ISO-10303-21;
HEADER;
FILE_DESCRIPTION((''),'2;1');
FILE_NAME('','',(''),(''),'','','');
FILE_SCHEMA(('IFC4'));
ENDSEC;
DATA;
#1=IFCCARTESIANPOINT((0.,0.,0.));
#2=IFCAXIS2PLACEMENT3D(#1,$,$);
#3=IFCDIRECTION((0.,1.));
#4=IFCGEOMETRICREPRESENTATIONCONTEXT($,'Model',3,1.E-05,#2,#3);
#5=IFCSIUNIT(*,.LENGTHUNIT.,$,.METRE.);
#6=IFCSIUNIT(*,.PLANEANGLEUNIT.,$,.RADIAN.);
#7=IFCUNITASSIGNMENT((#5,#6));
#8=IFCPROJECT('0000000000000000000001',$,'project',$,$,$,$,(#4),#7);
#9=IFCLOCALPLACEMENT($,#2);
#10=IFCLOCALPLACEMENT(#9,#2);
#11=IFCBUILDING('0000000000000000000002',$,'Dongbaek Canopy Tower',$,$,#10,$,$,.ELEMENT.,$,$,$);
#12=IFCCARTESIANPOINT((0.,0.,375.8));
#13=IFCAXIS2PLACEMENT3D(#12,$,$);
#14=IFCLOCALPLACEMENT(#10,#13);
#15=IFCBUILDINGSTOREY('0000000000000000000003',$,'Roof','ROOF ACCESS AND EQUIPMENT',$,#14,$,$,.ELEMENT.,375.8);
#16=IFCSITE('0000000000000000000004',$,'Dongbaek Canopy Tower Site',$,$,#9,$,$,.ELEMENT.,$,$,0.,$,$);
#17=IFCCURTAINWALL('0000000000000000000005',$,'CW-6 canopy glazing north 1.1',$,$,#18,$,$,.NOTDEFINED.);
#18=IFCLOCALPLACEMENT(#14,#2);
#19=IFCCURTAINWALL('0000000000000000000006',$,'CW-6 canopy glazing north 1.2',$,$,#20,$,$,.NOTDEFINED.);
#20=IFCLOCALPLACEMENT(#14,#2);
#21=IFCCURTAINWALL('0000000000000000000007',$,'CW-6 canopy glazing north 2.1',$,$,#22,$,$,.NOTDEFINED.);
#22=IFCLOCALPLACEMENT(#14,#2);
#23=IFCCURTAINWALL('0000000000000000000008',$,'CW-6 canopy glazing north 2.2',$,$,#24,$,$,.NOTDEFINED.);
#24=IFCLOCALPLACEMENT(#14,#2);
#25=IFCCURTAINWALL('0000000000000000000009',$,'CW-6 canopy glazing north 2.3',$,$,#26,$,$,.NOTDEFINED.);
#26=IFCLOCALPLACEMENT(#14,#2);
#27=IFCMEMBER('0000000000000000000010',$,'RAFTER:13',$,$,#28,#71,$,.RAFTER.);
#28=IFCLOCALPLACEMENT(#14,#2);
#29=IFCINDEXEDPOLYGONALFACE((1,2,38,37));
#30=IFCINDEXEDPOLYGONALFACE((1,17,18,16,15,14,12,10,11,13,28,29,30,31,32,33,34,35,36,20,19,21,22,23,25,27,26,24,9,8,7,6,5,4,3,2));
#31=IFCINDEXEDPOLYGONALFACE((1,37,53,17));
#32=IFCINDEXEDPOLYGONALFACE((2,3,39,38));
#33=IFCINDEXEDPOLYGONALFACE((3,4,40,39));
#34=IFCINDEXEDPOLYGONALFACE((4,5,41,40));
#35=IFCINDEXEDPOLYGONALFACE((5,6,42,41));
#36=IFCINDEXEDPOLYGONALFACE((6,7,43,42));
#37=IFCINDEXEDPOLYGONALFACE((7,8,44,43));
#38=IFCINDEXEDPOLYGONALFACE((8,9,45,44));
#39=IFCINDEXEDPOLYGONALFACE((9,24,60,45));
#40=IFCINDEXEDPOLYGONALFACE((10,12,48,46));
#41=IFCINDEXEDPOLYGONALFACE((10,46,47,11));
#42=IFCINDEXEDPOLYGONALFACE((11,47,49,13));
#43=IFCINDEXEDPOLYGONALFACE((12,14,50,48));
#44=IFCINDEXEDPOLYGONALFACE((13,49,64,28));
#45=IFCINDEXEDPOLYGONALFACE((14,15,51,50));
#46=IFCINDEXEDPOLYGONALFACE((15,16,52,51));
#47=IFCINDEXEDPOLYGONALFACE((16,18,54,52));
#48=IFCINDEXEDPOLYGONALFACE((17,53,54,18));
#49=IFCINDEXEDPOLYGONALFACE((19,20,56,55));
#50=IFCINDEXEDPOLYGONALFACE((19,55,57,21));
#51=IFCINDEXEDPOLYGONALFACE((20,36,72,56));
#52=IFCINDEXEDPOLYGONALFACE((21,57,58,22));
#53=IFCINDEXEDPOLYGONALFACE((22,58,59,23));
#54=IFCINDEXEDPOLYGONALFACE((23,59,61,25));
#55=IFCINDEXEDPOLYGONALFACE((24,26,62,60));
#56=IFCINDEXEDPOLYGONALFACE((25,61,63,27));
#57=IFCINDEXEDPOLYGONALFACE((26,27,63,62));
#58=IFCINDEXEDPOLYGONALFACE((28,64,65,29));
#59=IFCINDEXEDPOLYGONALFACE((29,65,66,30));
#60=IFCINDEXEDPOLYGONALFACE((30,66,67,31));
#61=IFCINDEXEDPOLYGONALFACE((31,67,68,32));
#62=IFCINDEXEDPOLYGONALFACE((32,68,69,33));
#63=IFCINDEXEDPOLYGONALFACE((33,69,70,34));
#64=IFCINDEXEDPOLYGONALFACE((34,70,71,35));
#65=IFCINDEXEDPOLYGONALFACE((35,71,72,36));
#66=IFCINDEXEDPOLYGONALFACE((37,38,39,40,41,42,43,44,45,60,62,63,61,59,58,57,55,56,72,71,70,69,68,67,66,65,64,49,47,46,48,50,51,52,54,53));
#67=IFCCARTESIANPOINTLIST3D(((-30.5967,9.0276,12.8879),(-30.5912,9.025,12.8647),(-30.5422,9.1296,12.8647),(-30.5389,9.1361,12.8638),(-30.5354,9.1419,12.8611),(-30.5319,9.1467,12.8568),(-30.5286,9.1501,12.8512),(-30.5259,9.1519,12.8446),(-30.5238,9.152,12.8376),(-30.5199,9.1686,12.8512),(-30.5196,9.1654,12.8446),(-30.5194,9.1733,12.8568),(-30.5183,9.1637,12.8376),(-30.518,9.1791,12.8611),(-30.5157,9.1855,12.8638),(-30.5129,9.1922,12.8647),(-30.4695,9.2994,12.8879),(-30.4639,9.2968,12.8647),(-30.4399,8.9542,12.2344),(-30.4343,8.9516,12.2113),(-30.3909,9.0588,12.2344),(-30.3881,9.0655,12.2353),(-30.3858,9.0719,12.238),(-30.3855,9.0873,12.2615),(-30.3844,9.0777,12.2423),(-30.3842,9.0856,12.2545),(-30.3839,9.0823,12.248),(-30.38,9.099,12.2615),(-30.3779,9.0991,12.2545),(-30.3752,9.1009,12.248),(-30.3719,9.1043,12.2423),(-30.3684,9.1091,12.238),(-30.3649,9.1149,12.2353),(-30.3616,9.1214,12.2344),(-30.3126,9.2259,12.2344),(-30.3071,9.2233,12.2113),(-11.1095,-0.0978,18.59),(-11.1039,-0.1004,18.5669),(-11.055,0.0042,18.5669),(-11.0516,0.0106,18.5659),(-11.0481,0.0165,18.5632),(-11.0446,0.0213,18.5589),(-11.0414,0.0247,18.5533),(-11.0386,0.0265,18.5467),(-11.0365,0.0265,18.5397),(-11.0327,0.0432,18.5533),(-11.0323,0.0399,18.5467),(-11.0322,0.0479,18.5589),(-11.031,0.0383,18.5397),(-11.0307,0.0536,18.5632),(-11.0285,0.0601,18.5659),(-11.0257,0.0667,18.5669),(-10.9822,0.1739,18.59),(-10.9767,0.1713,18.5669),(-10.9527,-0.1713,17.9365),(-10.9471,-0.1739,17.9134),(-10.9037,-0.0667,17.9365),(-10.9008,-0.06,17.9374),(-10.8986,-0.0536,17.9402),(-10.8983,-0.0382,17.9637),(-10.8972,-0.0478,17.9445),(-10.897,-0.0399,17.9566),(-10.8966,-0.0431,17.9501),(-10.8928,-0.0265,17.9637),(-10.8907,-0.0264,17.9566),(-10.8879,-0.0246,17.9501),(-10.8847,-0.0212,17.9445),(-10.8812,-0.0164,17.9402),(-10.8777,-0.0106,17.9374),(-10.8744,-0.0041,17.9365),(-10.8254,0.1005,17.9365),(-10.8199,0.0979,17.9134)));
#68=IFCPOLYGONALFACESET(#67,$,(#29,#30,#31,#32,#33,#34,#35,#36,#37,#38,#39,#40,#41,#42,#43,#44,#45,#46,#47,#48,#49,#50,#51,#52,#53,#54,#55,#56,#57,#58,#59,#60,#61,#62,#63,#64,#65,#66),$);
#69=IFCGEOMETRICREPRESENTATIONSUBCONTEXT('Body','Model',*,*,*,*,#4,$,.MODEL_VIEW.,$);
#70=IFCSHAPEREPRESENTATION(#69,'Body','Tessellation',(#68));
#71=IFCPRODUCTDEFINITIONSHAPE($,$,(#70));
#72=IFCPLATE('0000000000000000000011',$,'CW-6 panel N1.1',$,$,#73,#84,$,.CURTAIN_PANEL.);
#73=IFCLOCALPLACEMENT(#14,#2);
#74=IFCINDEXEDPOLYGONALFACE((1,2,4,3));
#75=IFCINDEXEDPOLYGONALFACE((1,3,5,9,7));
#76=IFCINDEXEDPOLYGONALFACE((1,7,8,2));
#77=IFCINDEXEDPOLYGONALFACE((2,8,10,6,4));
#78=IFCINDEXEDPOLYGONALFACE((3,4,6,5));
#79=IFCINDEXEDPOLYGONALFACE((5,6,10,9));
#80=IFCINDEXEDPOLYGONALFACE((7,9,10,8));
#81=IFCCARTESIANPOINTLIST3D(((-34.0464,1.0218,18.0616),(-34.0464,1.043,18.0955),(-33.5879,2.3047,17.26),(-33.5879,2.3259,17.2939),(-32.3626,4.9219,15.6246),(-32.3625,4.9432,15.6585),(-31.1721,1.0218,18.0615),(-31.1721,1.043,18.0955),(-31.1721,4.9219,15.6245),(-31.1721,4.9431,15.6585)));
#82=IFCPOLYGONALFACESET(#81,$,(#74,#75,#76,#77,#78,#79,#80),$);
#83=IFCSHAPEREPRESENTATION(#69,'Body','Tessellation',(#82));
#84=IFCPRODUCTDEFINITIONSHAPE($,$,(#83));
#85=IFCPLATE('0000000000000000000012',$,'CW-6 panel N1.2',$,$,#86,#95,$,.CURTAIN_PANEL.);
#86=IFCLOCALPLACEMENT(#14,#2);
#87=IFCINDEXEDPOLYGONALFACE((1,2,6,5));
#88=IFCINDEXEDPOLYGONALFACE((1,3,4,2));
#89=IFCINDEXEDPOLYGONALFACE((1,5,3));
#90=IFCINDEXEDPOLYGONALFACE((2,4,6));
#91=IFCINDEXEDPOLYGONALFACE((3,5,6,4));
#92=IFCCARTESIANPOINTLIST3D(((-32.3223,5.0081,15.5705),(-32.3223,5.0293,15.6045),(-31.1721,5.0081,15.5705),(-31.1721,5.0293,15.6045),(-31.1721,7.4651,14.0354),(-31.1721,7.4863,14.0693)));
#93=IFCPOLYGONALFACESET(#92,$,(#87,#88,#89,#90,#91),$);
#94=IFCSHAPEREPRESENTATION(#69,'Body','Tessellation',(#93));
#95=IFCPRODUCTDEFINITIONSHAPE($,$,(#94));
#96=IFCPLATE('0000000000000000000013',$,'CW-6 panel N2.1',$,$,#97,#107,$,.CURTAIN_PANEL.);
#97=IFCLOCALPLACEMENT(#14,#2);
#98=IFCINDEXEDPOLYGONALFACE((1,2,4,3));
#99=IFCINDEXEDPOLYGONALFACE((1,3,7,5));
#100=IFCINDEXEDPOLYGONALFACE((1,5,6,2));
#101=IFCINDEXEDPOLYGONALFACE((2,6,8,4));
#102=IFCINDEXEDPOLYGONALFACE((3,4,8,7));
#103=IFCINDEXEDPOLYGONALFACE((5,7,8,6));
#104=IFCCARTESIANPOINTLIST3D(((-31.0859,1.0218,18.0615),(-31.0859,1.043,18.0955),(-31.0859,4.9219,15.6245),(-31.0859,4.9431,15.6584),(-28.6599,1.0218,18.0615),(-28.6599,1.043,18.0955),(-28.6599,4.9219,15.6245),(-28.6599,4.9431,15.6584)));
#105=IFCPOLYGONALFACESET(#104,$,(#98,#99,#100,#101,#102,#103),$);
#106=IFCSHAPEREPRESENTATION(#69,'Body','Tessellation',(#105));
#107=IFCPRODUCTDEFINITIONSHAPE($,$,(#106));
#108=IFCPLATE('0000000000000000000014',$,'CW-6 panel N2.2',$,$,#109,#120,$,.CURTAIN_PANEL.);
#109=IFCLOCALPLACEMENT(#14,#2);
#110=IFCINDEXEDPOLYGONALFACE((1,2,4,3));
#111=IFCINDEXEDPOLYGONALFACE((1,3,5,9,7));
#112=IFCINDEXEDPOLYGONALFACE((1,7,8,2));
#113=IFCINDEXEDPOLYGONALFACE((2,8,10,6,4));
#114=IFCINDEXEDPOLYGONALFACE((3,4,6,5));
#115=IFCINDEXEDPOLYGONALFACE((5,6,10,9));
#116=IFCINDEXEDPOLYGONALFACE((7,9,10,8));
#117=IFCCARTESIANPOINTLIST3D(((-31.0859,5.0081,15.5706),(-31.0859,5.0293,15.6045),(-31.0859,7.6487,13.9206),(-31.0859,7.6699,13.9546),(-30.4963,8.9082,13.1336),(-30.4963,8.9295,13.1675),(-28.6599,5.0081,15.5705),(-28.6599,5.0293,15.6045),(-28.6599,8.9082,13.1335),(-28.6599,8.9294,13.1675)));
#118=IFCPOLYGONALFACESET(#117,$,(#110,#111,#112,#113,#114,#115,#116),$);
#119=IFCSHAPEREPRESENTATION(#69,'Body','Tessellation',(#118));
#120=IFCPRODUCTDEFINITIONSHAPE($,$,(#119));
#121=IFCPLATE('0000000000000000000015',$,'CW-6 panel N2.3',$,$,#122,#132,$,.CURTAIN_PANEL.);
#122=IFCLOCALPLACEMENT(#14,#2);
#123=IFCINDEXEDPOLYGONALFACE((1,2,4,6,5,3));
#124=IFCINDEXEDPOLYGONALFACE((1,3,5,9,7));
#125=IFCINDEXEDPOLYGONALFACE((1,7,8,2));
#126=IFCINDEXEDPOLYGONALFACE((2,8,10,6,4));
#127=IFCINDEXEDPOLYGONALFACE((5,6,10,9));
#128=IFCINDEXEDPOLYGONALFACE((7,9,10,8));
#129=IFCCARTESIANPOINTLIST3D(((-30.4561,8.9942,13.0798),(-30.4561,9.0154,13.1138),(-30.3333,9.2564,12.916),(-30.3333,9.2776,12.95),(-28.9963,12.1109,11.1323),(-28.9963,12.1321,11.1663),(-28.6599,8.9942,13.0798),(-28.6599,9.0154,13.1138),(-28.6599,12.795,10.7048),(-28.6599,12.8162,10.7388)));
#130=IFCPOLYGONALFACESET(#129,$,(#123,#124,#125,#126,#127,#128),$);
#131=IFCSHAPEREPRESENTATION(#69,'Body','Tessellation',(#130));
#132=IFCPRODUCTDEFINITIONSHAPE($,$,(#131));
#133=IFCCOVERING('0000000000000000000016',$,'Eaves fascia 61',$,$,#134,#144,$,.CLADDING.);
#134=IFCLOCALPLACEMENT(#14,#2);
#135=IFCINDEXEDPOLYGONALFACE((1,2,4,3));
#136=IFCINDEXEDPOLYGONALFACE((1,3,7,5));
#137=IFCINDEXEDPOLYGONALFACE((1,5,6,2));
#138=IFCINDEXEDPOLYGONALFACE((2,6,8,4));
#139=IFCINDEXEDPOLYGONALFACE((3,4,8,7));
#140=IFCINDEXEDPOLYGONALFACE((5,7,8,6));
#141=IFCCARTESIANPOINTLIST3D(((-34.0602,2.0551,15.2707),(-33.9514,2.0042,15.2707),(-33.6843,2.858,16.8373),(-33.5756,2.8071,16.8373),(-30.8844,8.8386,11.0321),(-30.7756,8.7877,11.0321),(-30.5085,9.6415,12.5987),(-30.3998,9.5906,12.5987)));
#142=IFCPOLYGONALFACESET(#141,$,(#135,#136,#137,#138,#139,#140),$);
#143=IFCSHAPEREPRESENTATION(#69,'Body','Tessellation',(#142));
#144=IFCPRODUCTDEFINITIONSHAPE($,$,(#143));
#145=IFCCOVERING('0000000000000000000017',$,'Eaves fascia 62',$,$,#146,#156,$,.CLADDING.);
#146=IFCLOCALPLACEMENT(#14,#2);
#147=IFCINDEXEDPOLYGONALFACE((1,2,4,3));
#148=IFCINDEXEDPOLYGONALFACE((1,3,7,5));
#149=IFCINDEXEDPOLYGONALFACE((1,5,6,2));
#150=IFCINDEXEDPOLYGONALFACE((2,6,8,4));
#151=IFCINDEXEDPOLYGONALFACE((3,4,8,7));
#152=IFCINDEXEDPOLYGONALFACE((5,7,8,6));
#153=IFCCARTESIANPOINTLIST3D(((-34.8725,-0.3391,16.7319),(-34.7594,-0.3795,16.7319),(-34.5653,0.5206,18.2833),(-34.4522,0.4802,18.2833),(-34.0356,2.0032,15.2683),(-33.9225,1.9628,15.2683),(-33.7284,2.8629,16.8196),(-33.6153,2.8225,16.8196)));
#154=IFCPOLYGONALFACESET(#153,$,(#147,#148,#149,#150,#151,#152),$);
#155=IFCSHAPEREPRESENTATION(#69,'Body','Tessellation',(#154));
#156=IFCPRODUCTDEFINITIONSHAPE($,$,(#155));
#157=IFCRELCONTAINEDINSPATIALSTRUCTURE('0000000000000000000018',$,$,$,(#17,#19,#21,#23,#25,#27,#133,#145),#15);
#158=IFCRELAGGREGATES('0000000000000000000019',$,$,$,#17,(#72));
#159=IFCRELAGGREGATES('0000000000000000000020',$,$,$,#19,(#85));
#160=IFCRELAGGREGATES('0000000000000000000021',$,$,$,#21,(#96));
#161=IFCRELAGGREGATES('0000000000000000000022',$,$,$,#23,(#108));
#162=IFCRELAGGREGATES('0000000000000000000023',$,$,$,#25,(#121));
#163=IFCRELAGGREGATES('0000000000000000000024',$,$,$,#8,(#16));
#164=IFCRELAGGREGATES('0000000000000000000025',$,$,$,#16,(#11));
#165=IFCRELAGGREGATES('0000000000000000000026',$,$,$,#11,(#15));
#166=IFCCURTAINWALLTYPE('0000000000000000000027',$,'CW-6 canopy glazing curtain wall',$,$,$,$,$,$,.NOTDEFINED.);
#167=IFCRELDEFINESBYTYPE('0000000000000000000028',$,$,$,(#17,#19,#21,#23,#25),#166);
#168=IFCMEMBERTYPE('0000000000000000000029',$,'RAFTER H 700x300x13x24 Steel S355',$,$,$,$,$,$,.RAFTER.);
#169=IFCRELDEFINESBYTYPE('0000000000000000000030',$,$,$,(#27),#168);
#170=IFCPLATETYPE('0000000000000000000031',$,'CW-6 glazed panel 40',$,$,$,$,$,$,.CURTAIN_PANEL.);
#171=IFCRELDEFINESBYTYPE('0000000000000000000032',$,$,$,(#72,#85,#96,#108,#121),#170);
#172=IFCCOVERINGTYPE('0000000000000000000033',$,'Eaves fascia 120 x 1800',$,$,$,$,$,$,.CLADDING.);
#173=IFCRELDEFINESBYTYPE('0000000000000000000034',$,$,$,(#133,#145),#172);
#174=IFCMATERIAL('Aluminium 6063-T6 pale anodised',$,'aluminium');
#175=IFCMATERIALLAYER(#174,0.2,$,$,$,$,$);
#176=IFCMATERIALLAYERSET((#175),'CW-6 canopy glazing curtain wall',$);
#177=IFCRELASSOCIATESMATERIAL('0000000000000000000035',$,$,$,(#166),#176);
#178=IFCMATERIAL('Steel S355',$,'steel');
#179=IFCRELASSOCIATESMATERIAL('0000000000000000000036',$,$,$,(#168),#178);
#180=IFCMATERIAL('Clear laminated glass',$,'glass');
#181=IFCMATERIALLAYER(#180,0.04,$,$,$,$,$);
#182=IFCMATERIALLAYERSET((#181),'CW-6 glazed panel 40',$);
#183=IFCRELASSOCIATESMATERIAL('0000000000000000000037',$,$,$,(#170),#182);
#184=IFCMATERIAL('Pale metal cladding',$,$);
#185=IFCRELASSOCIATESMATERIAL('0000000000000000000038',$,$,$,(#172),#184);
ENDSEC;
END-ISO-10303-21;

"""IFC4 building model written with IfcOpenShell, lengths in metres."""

from ifc_helpers import new_model, si_unit, direction, frame, origin, origin_2d, place, context, subcontext, project, spatial, polyline, rectangle, i_section, outline, extrude, material, layer, layer_set, material_profile, profile_set, type_object, element, aggregate, save


model = new_model("IFC4")

# Units and contexts
model_context = context("Model", 3, precision=1e-05, world=origin(), true_north=direction((0.0, 1.0)))
body_context = subcontext(model_context, "Body", "Model", "MODEL_VIEW")
ifc_project = project(units=[si_unit("LENGTHUNIT", "METRE"), si_unit("PLANEANGLEUNIT", "RADIAN")], contexts=[model_context])

# Site, building, storey
site_placement = place(None, origin())
site = spatial("IfcSite", under=ifc_project, at=site_placement, Name="Dongbaek Canopy Tower Site", CompositionType="ELEMENT", RefElevation=0.0)
building_placement = place(site_placement, origin())
building = spatial("IfcBuilding", under=site, at=building_placement, Name="Dongbaek Canopy Tower", CompositionType="ELEMENT")
storey_placement = place(building_placement, frame((0.0, 0.0, 375.8)))
storey = spatial("IfcBuildingStorey", under=building, at=storey_placement, Name="Roof", Description="ROOF ACCESS AND EQUIPMENT", CompositionType="ELEMENT", Elevation=375.8)

# Curtain walls
ifc_material_1 = material(Name="Aluminium 6063-T6 pale anodised", Category="aluminium")
ifc_layer_1 = layer(ifc_material_1, 0.2)
ifc_layer_set_1 = layer_set([ifc_layer_1], Name="CW-6 canopy glazing curtain wall")
curtain_wall_type = type_object("IfcCurtainWallType", Name="CW-6 canopy glazing curtain wall", PredefinedType="NOTDEFINED", material=ifc_layer_set_1)
curtain_wall_1_placement = place(storey_placement, origin())
curtain_wall_1 = element("IfcCurtainWall", 1, at=curtain_wall_1_placement, inside=storey, type_object=curtain_wall_type, Name="CW-6 canopy glazing north 1.1", PredefinedType="NOTDEFINED")
curtain_wall_2_placement = place(storey_placement, origin())
curtain_wall_2 = element("IfcCurtainWall", 2, at=curtain_wall_2_placement, inside=storey, type_object=curtain_wall_type, Name="CW-6 canopy glazing north 1.2", PredefinedType="NOTDEFINED")
curtain_wall_3_placement = place(storey_placement, origin())
curtain_wall_3 = element("IfcCurtainWall", 3, at=curtain_wall_3_placement, inside=storey, type_object=curtain_wall_type, Name="CW-6 canopy glazing north 2.1", PredefinedType="NOTDEFINED")
curtain_wall_4_placement = place(storey_placement, origin())
curtain_wall_4 = element("IfcCurtainWall", 4, at=curtain_wall_4_placement, inside=storey, type_object=curtain_wall_type, Name="CW-6 canopy glazing north 2.2", PredefinedType="NOTDEFINED")
curtain_wall_5_placement = place(storey_placement, origin())
curtain_wall_5 = element("IfcCurtainWall", 5, at=curtain_wall_5_placement, inside=storey, type_object=curtain_wall_type, Name="CW-6 canopy glazing north 2.3", PredefinedType="NOTDEFINED")

# Member
ifc_material_2 = material(Name="Steel S355", Category="steel")
ifc_material_profile_1 = material_profile(ifc_material_2, i_section(OverallWidth=0.3, OverallDepth=0.7, WebThickness=0.0129, FlangeThickness=0.0239, FilletRadius=0.0281, at=origin_2d()), Name="RAFTER H 700x300x13x24 Steel S355")
ifc_profile_set_1 = profile_set([ifc_material_profile_1], Name="Steel S355")
member_type_1 = type_object("IfcMemberType", Name="RAFTER H 700x300x13x24 Steel S355", PredefinedType="RAFTER", material=ifc_profile_set_1)
member_1_placement = place(storey_placement, frame((-30.4519, 9.1255, 12.5496), z_axis=(0.875408, -0.409935, 0.256152), x_axis=(0.424084, 0.905623, 0.0)))
element("IfcMember", 6, at=member_1_placement, inside=storey, type_object=member_type_1, Name="RAFTER:13", PredefinedType="RAFTER", context=body_context, shape_type="SweptSolid", body=[
    extrude(i_section(OverallWidth=0.3, OverallDepth=0.7, WebThickness=0.0129, FlangeThickness=0.0239, FilletRadius=0.0281, at=origin_2d()), origin(), (0.0, 0.0, 1.0), 22.2607),
])

# Plates
ifc_material_3 = material(Name="Clear laminated glass", Category="glass")
ifc_layer_2 = layer(ifc_material_3, 0.04)
ifc_layer_set_2 = layer_set([ifc_layer_2], Name="CW-6 glazed panel 40")
plate_type = type_object("IfcPlateType", Name="CW-6 glazed panel 40", PredefinedType="CURTAIN_PANEL", material=ifc_layer_set_2)
plate_1_placement = place(storey_placement, frame((-31.1721, 1.043, 18.0955), z_axis=(0.00003, 0.529899, 0.848061), x_axis=(-1.0, 0.000016, 0.000025)))
plate_1 = element("IfcPlate", 7, at=plate_1_placement, type_object=plate_type, Name="CW-6 panel N1.1", PredefinedType="CURTAIN_PANEL", context=body_context, shape_type="SweptSolid", body=[
    extrude(outline(polyline([(0.0, 0.0), (2.8743, 0.0), (2.4158, -1.5127), (1.1904, -4.5989), (0.0, -4.5989), (0.0, 0.0)])), origin(), (0.0, 0.0, -1.0), 0.04),
])
aggregate(curtain_wall_1, [plate_1])
plate_2_placement = place(storey_placement, frame((-31.1721, 5.0293, 15.6045), z_axis=(0.0, 0.529878, 0.848074), x_axis=(-1.0, 0.0, 0.0)))
plate_2 = element("IfcPlate", 8, at=plate_2_placement, type_object=plate_type, Name="CW-6 panel N1.2", PredefinedType="CURTAIN_PANEL", context=body_context, shape_type="SweptSolid", body=[
    extrude(outline(polyline([(0.0, 0.0), (1.1501, 0.0), (0.0, -2.8972), (0.0, 0.0)])), origin(), (0.0, 0.0, -1.0), 0.04),
])
aggregate(curtain_wall_2, [plate_2])
plate_3_placement = place(storey_placement, frame((-28.6599, 1.043, 18.0955), z_axis=(0.0, 0.529908, 0.848055), x_axis=(-1.0, 0.0, 0.0)))
plate_3 = element("IfcPlate", 9, at=plate_3_placement, type_object=plate_type, Name="CW-6 panel N2.1", PredefinedType="CURTAIN_PANEL", context=body_context, shape_type="SweptSolid", body=[
    extrude(outline(polyline([(0.0, 0.0), (2.426, 0.0), (2.426, -4.5989), (0.0, -4.5989), (0.0, 0.0)])), origin(), (0.0, 0.0, -1.0), 0.04),
])
aggregate(curtain_wall_3, [plate_3])
plate_4_placement = place(storey_placement, frame((-28.6599, 5.0293, 15.6045), z_axis=(0.000017, 0.529906, 0.848056), x_axis=(-1.0, 0.000009, 0.000015)))
plate_4 = element("IfcPlate", 10, at=plate_4_placement, type_object=plate_type, Name="CW-6 panel N2.2", PredefinedType="CURTAIN_PANEL", context=body_context, shape_type="SweptSolid", body=[
    extrude(outline(polyline([(0.0, 0.0), (2.426, 0.0), (2.426, -3.1137), (1.8364, -4.5989), (0.0, -4.5989), (0.0, 0.0)])), origin(), (0.0, 0.0, -1.0), 0.04),
])
aggregate(curtain_wall_4, [plate_4])
plate_5_placement = place(storey_placement, frame((-28.9963, 12.1321, 11.1663), z_axis=(0.000022, 0.529913, 0.848052), x_axis=(0.384921, 0.782705, -0.48909)))
plate_5 = element("IfcPlate", 11, at=plate_5_placement, type_object=plate_type, Name="CW-6 panel N2.3", PredefinedType="CURTAIN_PANEL", context=body_context, shape_type="SweptSolid", body=[
    extrude(outline(polyline([(0.0, 0.0), (0.874, 0.0), (-3.2625, -1.7251), (-3.9538, -0.0674), (-3.6212, -0.0617), (0.0, 0.0)])), origin(), (0.0, 0.0, -1.0), 0.04),
])
aggregate(curtain_wall_5, [plate_5])

# Coverings
ifc_material_4 = material(Name="Pale metal cladding")
ifc_material_profile_2 = material_profile(ifc_material_4, rectangle(XDim=0.1201, YDim=1.8, at=origin_2d()), Name="Eaves fascia 120 x 1800")
ifc_profile_set_2 = profile_set([ifc_material_profile_2], Name="Pale metal cladding")
covering_type = type_object("IfcCoveringType", Name="Eaves fascia 120 x 1800", PredefinedType="CLADDING", material=ifc_profile_set_2)
covering_1_placement = place(storey_placement, frame((-30.6421, 9.2146, 11.8154), z_axis=(-0.369013, -0.788209, 0.4925), x_axis=(0.905662, -0.424, 0.0)))
element("IfcCovering", 12, at=covering_1_placement, inside=storey, type_object=covering_type, Name="Eaves fascia 61", PredefinedType="CLADDING", context=body_context, shape_type="SweptSolid", body=[
    extrude(rectangle(XDim=0.1201, YDim=1.8, at=origin_2d()), origin(), (0.0, 0.0, 1.0), 8.6062),
])
covering_2_placement = place(storey_placement, frame((-33.8254, 2.4128, 16.0439), z_axis=(-0.289992, -0.811606, 0.507148), x_axis=(0.941693, -0.336473, 0.0)))
element("IfcCovering", 13, at=covering_2_placement, inside=storey, type_object=covering_type, Name="Eaves fascia 62", PredefinedType="CLADDING", context=body_context, shape_type="SweptSolid", body=[
    extrude(rectangle(XDim=0.1201, YDim=1.8, at=origin_2d()), origin(), (0.0, 0.0, 1.0), 2.886),
])

save(model, "model.ifc")
